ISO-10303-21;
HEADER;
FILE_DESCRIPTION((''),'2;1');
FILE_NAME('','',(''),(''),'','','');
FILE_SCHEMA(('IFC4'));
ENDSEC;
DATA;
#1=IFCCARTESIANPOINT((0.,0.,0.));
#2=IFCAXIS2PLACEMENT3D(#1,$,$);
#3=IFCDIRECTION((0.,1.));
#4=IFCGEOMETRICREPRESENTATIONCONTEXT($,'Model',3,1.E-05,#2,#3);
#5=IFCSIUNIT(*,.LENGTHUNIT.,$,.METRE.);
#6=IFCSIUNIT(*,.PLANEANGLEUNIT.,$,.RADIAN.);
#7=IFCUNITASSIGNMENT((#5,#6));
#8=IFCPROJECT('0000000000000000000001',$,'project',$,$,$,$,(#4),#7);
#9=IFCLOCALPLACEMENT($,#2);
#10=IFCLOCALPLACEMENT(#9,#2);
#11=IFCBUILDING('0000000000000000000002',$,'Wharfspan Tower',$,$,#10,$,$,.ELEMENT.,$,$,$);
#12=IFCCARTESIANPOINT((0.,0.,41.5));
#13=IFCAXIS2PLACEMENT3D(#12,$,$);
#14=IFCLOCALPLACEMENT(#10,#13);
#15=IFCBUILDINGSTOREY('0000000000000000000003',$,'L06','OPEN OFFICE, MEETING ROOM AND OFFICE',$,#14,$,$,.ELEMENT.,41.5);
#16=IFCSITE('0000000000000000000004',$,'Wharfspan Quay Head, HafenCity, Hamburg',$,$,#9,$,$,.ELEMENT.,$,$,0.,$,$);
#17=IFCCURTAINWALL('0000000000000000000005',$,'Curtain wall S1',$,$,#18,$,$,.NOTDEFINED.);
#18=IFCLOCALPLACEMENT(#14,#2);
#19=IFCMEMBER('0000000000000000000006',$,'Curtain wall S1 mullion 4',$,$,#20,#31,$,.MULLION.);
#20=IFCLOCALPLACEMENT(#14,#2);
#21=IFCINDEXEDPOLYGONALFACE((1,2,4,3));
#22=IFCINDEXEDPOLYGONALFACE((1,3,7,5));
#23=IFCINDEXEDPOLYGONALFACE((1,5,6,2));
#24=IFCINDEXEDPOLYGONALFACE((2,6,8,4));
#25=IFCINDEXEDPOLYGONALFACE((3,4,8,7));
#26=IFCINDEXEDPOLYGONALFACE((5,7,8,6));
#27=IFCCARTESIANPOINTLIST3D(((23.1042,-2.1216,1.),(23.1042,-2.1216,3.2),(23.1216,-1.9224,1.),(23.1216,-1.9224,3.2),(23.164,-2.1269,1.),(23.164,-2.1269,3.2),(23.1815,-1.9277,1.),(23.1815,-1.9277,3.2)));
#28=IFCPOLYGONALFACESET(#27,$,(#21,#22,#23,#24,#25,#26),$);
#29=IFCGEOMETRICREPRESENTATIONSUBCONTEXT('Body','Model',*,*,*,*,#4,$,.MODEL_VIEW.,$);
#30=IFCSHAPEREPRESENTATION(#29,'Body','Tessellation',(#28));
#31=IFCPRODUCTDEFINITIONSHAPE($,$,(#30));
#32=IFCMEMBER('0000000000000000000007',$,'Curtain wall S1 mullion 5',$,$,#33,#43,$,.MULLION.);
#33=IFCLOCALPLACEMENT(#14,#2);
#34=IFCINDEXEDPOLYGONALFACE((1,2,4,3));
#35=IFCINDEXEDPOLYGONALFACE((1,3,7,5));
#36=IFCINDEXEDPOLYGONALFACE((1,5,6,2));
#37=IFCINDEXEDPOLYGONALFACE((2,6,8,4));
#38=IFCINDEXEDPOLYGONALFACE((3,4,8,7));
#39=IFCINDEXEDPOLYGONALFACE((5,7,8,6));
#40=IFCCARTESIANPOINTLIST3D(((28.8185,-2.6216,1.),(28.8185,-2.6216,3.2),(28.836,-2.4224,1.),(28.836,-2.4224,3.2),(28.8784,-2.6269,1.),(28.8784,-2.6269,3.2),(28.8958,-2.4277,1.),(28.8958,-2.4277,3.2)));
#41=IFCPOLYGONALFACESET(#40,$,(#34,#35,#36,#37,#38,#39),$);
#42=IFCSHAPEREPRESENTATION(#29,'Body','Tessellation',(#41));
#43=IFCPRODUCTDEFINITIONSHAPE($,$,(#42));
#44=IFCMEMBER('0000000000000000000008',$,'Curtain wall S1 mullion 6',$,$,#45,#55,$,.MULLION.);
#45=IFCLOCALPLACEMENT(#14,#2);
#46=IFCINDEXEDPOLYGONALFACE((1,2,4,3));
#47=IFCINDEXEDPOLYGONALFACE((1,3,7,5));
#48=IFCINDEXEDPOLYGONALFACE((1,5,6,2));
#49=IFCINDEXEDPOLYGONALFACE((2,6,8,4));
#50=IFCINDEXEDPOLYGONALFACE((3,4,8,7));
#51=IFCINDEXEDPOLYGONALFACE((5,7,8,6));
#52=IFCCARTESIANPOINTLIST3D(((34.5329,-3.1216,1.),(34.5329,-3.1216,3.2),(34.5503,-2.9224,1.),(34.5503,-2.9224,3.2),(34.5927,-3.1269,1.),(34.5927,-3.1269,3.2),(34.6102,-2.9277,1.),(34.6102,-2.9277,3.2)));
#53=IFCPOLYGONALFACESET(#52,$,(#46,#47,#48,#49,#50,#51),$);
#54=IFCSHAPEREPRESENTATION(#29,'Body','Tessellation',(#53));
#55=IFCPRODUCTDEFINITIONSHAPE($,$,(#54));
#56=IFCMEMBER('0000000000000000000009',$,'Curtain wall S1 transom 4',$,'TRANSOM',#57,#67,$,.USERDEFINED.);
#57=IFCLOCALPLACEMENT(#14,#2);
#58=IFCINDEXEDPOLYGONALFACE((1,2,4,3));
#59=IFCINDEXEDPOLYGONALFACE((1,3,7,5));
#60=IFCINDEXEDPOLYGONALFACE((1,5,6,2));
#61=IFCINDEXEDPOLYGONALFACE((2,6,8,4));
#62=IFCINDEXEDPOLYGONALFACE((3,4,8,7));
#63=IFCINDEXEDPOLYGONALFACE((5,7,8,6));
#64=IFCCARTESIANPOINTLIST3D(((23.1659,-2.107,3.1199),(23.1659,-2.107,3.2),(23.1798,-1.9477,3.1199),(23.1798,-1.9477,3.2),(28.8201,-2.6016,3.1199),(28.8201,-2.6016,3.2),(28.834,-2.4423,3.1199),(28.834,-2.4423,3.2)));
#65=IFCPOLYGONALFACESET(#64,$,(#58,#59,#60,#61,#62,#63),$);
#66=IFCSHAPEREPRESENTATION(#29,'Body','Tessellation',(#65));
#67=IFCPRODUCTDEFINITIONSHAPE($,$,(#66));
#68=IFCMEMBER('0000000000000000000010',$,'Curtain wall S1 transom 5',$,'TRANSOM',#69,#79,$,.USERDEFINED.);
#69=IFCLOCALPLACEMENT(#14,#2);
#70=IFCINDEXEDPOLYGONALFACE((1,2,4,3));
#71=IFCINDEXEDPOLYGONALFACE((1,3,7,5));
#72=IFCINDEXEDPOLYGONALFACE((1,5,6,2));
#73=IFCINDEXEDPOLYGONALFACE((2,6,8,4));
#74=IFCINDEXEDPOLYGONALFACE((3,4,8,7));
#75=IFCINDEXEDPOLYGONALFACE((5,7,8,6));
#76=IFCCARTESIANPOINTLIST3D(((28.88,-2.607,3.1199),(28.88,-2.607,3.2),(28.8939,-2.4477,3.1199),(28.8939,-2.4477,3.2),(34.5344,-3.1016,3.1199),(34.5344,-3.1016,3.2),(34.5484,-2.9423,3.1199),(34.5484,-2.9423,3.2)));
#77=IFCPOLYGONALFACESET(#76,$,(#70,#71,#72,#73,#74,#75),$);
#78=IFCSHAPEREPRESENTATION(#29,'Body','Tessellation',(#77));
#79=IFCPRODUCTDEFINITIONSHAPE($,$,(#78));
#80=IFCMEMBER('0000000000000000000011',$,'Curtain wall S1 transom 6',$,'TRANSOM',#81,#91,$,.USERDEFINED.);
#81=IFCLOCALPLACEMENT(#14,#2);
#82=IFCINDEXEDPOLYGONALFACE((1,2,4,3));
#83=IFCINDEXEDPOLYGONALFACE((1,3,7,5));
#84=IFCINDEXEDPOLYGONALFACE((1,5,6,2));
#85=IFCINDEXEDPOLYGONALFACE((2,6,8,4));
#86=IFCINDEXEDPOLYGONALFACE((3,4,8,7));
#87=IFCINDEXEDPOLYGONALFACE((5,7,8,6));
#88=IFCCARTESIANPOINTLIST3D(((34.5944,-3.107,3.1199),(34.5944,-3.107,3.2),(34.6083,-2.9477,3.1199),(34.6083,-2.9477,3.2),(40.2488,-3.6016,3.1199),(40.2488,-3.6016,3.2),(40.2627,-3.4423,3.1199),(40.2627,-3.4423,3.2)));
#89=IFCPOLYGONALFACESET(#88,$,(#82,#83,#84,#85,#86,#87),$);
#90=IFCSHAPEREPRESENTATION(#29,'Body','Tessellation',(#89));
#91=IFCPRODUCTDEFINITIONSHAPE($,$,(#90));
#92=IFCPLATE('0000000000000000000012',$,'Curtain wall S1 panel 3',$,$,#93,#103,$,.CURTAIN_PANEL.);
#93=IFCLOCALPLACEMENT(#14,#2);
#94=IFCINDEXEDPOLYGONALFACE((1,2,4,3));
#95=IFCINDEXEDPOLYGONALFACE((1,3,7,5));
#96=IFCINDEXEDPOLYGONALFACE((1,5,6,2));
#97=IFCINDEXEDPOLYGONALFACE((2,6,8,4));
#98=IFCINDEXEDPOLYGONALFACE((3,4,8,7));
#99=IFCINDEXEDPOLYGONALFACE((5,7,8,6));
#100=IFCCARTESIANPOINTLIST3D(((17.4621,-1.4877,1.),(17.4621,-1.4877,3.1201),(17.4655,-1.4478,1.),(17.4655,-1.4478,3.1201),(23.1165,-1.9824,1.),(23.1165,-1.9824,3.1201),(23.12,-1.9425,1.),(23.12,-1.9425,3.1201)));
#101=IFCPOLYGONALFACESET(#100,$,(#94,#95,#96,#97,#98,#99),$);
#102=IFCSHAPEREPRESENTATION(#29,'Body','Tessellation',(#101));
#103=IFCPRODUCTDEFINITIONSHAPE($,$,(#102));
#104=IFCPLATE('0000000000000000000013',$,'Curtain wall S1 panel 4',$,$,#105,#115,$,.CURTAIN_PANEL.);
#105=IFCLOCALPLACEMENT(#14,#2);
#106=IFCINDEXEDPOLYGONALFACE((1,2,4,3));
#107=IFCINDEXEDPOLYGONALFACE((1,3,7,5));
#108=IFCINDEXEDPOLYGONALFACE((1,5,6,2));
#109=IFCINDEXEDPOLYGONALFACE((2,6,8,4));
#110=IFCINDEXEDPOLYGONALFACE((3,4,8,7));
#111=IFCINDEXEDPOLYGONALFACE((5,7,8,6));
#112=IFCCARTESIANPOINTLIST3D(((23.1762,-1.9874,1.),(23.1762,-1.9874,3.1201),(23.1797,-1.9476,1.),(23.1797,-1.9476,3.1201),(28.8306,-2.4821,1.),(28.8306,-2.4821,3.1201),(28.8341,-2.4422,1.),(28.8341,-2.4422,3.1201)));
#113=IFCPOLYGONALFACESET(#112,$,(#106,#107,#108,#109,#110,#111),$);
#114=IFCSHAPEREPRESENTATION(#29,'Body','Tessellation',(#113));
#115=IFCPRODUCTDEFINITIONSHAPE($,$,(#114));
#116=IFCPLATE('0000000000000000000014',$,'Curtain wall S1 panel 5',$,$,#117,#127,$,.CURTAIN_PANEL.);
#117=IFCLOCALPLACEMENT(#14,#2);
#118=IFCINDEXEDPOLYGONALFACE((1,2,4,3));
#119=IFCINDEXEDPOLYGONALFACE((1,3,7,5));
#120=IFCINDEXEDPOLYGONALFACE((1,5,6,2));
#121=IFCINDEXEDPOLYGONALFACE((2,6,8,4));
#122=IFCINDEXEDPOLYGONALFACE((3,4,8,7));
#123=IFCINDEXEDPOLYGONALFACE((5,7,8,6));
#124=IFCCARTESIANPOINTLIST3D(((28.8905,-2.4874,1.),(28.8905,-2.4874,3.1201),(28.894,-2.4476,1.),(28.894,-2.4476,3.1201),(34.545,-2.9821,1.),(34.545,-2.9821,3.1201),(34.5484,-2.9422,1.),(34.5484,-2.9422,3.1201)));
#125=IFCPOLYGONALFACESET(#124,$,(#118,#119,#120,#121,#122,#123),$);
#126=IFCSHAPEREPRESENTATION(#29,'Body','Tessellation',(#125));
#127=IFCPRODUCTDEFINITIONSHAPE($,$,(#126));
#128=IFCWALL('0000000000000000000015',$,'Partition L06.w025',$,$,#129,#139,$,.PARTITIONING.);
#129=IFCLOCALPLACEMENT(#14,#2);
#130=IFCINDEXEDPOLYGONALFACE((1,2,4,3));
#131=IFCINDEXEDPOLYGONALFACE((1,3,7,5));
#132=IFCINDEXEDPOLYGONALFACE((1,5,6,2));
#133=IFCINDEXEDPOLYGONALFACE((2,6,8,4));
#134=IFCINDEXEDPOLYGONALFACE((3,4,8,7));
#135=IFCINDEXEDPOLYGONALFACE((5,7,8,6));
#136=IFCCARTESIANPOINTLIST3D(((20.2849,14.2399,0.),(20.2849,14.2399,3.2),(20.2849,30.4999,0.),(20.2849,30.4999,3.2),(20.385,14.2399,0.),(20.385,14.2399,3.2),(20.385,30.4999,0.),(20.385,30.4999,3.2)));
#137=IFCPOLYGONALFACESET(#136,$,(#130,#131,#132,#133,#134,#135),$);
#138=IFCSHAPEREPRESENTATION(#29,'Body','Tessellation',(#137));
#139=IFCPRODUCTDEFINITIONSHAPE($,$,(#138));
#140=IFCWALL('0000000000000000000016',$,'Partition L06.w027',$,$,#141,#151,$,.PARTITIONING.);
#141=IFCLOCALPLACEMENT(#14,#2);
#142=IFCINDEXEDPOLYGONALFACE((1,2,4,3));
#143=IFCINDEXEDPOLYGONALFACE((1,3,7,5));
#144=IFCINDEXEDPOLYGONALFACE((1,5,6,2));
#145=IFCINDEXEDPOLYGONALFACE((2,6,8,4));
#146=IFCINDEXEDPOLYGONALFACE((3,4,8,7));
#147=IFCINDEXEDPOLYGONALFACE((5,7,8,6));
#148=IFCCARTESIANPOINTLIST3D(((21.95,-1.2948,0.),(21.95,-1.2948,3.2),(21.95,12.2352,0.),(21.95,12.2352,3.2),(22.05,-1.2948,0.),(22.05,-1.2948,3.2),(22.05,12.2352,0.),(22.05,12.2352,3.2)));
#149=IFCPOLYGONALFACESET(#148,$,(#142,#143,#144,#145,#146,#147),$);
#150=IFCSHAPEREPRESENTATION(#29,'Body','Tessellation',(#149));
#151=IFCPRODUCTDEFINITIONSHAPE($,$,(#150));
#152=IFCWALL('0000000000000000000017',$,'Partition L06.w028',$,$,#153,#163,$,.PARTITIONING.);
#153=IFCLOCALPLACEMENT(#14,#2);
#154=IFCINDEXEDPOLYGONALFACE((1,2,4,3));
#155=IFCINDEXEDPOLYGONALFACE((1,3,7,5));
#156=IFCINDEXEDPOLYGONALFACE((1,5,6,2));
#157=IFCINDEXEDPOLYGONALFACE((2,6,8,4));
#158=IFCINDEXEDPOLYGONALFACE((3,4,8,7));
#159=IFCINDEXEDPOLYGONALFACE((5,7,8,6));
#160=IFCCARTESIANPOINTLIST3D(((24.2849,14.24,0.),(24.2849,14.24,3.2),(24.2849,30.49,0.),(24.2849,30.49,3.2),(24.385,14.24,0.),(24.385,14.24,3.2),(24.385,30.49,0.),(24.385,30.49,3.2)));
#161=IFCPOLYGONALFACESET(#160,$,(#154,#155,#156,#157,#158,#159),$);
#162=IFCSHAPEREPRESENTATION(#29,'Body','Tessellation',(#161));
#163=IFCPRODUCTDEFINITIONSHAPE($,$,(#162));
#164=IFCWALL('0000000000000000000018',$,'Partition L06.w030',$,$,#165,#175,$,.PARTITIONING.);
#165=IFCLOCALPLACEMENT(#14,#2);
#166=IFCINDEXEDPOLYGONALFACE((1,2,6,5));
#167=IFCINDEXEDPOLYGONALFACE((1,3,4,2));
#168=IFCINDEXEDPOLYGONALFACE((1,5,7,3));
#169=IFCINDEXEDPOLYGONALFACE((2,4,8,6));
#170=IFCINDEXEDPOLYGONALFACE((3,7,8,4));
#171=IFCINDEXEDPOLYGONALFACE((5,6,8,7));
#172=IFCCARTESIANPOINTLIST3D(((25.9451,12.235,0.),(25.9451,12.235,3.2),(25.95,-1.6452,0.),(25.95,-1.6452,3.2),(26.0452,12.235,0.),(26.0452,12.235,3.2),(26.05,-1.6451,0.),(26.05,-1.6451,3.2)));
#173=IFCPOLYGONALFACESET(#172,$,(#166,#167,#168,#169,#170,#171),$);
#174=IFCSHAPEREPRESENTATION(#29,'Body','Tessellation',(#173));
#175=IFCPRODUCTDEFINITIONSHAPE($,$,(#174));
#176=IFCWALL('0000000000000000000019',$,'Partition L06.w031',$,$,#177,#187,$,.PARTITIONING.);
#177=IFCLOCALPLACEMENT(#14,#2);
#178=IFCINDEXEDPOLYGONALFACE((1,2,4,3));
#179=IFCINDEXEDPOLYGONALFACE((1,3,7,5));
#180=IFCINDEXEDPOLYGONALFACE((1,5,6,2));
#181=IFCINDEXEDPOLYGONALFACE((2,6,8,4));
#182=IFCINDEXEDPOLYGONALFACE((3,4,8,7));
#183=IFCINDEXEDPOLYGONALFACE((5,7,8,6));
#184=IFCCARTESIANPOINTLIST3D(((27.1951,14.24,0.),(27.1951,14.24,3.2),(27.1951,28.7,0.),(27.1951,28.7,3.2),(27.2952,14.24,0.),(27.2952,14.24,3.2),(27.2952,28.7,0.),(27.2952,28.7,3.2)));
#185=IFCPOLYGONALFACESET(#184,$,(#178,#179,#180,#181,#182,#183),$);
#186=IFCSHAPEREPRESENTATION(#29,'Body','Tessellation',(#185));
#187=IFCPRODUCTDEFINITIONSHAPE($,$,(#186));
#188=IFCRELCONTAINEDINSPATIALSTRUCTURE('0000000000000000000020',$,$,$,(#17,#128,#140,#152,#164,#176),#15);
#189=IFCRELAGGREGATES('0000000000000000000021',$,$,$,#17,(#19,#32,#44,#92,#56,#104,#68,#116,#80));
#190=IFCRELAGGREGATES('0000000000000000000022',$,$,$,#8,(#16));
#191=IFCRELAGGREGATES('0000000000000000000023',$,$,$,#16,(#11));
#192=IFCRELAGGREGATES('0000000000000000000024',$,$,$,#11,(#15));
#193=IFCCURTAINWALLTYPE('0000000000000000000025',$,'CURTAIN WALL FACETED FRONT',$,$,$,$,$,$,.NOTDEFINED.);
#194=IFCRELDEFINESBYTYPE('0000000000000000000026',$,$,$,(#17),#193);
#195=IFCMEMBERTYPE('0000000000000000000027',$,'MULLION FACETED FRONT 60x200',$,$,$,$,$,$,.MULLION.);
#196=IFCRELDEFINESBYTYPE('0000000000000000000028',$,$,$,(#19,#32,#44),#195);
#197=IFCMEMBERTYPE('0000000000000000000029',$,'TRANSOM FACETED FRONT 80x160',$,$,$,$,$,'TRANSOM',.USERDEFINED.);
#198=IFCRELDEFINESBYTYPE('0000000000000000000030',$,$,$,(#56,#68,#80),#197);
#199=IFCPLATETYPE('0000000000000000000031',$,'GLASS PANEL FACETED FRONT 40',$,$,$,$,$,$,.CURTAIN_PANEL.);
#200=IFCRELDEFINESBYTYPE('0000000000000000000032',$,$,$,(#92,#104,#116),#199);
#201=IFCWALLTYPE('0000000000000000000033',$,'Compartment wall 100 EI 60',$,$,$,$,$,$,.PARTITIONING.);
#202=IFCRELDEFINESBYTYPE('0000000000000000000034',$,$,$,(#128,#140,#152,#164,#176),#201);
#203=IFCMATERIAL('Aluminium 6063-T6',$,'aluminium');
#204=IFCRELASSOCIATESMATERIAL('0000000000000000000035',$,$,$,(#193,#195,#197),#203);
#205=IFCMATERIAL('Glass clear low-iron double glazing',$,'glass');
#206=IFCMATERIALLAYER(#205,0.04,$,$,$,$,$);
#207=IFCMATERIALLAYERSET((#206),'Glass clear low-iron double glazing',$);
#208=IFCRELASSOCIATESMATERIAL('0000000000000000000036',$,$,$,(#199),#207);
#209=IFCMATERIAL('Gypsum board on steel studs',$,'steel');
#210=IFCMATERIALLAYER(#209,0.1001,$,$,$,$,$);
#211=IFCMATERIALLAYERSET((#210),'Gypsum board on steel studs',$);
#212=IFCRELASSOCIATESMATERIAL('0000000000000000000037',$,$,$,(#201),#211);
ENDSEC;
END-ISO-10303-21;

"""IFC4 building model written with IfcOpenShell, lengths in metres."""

from ifc_helpers import new_model, si_unit, direction, frame, frame_2d, origin, origin_2d, place, context, subcontext, project, spatial, rectangle, extrude, material, layer, layer_set, material_profile, profile_set, type_object, element, aggregate, save


model = new_model("IFC4")

# Units and contexts
model_context = context("Model", 3, precision=1e-05, world=origin(), true_north=direction((0.0, 1.0)))
body_context = subcontext(model_context, "Body", "Model", "MODEL_VIEW")
ifc_project = project(units=[si_unit("LENGTHUNIT", "METRE"), si_unit("PLANEANGLEUNIT", "RADIAN")], contexts=[model_context])

# Site, building, storey
site_placement = place(None, origin())
site = spatial("IfcSite", under=ifc_project, at=site_placement, Name="Wharfspan Quay Head, HafenCity, Hamburg", CompositionType="ELEMENT", RefElevation=0.0)
building_placement = place(site_placement, origin())
building = spatial("IfcBuilding", under=site, at=building_placement, Name="Wharfspan Tower", CompositionType="ELEMENT")
storey_placement = place(building_placement, frame((0.0, 0.0, 41.5)))
storey = spatial("IfcBuildingStorey", under=building, at=storey_placement, Name="L06", Description="OPEN OFFICE, MEETING ROOM AND OFFICE", CompositionType="ELEMENT", Elevation=41.5)

# Curtain wall, members, plates
ifc_material_1 = material(Name="Aluminium 6063-T6", Category="aluminium")
curtain_wall_type = type_object("IfcCurtainWallType", Name="CURTAIN WALL FACETED FRONT", PredefinedType="NOTDEFINED", material=ifc_material_1)
curtain_wall_placement = place(storey_placement, origin())
curtain_wall = element("IfcCurtainWall", 1, at=curtain_wall_placement, inside=storey, type_object=curtain_wall_type, Name="Curtain wall S1", PredefinedType="NOTDEFINED")
ifc_material_profile_1 = material_profile(ifc_material_1, rectangle(XDim=0.2, YDim=0.0601, at=origin_2d()))
ifc_profile_set_1 = profile_set([ifc_material_profile_1], Name="Aluminium 6063-T6")
member_type_1 = type_object("IfcMemberType", Name="MULLION FACETED FRONT 60x200", PredefinedType="MULLION", material=ifc_profile_set_1)
member_1_placement = place(storey_placement, frame((23.1428, -2.0247, 1.0), z_axis=(0.0, 0.0, 1.0), x_axis=(0.087156, 0.996197, 0.0)))
member_1 = element("IfcMember", 2, at=member_1_placement, type_object=member_type_1, Name="Curtain wall S1 mullion 4", PredefinedType="MULLION", context=body_context, shape_type="SweptSolid", body=[
    extrude(rectangle(XDim=0.2, YDim=0.0601, at=origin_2d()), origin(), (0.0, 0.0, 1.0), 2.2),
])
member_2_placement = place(storey_placement, frame((28.8572, -2.5247, 1.0), z_axis=(0.0, 0.0, 1.0), x_axis=(0.087156, 0.996197, 0.0)))
member_2 = element("IfcMember", 3, at=member_2_placement, type_object=member_type_1, Name="Curtain wall S1 mullion 5", PredefinedType="MULLION", context=body_context, shape_type="SweptSolid", body=[
    extrude(rectangle(XDim=0.2, YDim=0.0601, at=origin_2d()), origin(), (0.0, 0.0, 1.0), 2.2),
])
member_3_placement = place(storey_placement, frame((34.5715, -3.0247, 1.0), z_axis=(0.0, 0.0, 1.0), x_axis=(0.087156, 0.996197, 0.0)))
member_3 = element("IfcMember", 4, at=member_3_placement, type_object=member_type_1, Name="Curtain wall S1 mullion 6", PredefinedType="MULLION", context=body_context, shape_type="SweptSolid", body=[
    extrude(rectangle(XDim=0.2, YDim=0.0601, at=origin_2d()), origin(), (0.0, 0.0, 1.0), 2.2),
])
ifc_material_profile_2 = material_profile(ifc_material_1, rectangle(XDim=0.1599, YDim=0.0801, at=origin_2d()))
ifc_profile_set_2 = profile_set([ifc_material_profile_2], Name="Aluminium 6063-T6")
member_type_2 = type_object("IfcMemberType", Name="TRANSOM FACETED FRONT 80x160", ElementType="TRANSOM", PredefinedType="USERDEFINED", material=ifc_profile_set_2)
member_4_placement = place(storey_placement, frame((23.1729, -2.0273, 3.1599), z_axis=(0.996196, -0.087146, 0.0), x_axis=(0.087146, 0.996196, 0.0)))
member_4 = element("IfcMember", 5, at=member_4_placement, type_object=member_type_2, Name="Curtain wall S1 transom 4", ObjectType="TRANSOM", PredefinedType="USERDEFINED", context=body_context, shape_type="SweptSolid", body=[
    extrude(rectangle(XDim=0.1599, YDim=0.0801, at=origin_2d()), origin(), (0.0, 0.0, 1.0), 5.6758),
])
member_5_placement = place(storey_placement, frame((28.887, -2.5273, 3.1599), z_axis=(0.996196, -0.087142, 0.0), x_axis=(0.087142, 0.996196, 0.0)))
member_5 = element("IfcMember", 6, at=member_5_placement, type_object=member_type_2, Name="Curtain wall S1 transom 5", ObjectType="TRANSOM", PredefinedType="USERDEFINED", context=body_context, shape_type="SweptSolid", body=[
    extrude(rectangle(XDim=0.1599, YDim=0.0801, at=origin_2d()), origin(), (0.0, 0.0, 1.0), 5.676),
])
member_6_placement = place(storey_placement, frame((34.6013, -3.0273, 3.1599), z_axis=(0.996196, -0.087142, 0.0), x_axis=(0.087142, 0.996196, 0.0)))
member_6 = element("IfcMember", 7, at=member_6_placement, type_object=member_type_2, Name="Curtain wall S1 transom 6", ObjectType="TRANSOM", PredefinedType="USERDEFINED", context=body_context, shape_type="SweptSolid", body=[
    extrude(rectangle(XDim=0.1599, YDim=0.0801, at=origin_2d()), origin(), (0.0, 0.0, 1.0), 5.676),
])
ifc_material_2 = material(Name="Glass clear low-iron double glazing", Category="glass")
ifc_layer_1 = layer(ifc_material_2, 0.04)
ifc_layer_set_1 = layer_set([ifc_layer_1], Name="Glass clear low-iron double glazing")
plate_type = type_object("IfcPlateType", Name="GLASS PANEL FACETED FRONT 40", PredefinedType="CURTAIN_PANEL", material=ifc_layer_set_1)
plate_1_placement = place(storey_placement, frame((20.291, -1.7151, 1.0), z_axis=(0.0, 0.0, 1.0), x_axis=(0.996197, -0.087156, 0.0)))
plate_1 = element("IfcPlate", 8, at=plate_1_placement, type_object=plate_type, Name="Curtain wall S1 panel 3", PredefinedType="CURTAIN_PANEL", context=body_context, shape_type="SweptSolid", body=[
    extrude(rectangle(XDim=5.676, YDim=0.04, at=origin_2d()), origin(), (0.0, 0.0, 1.0), 2.1201),
])
plate_2_placement = place(storey_placement, frame((26.0051, -2.2148, 1.0), z_axis=(0.0, 0.0, 1.0), x_axis=(0.996197, -0.087156, 0.0)))
plate_2 = element("IfcPlate", 9, at=plate_2_placement, type_object=plate_type, Name="Curtain wall S1 panel 4", PredefinedType="CURTAIN_PANEL", context=body_context, shape_type="SweptSolid", body=[
    extrude(rectangle(XDim=5.676, YDim=0.04, at=origin_2d()), origin(), (0.0, 0.0, 1.0), 2.1201),
])
plate_3_placement = place(storey_placement, frame((31.7195, -2.7148, 1.0), z_axis=(0.0, 0.0, 1.0), x_axis=(0.996197, -0.087156, 0.0)))
plate_3 = element("IfcPlate", 10, at=plate_3_placement, type_object=plate_type, Name="Curtain wall S1 panel 5", PredefinedType="CURTAIN_PANEL", context=body_context, shape_type="SweptSolid", body=[
    extrude(rectangle(XDim=5.676, YDim=0.04, at=origin_2d()), origin(), (0.0, 0.0, 1.0), 2.1201),
])
aggregate(curtain_wall, [member_1, member_2, member_3, plate_1, member_4, plate_2, member_5, plate_3, member_6])

# Walls
ifc_material_3 = material(Name="Gypsum board on steel studs", Category="steel")
ifc_layer_2 = layer(ifc_material_3, 0.1001)
ifc_layer_set_2 = layer_set([ifc_layer_2], Name="Gypsum board on steel studs")
wall_type_1 = type_object("IfcWallType", Name="Compartment wall 100 EI 60", PredefinedType="PARTITIONING", material=ifc_layer_set_2)
wall_1_placement = place(storey_placement, frame((20.335, 14.24, 0.0), z_axis=(0.0, 0.0, 1.0), x_axis=(0.0, 1.0, 0.0)))
element("IfcWall", 11, at=wall_1_placement, inside=storey, type_object=wall_type_1, Name="Partition L06.w025", PredefinedType="PARTITIONING", context=body_context, shape_type="SweptSolid", body=[
    extrude(rectangle(XDim=16.26, YDim=0.1001, at=frame_2d((8.1299, 0.0))), origin(), (0.0, 0.0, 1.0), 3.2),
])
wall_2_placement = place(storey_placement, frame((22.0, -1.2949, 0.0), z_axis=(0.0, 0.0, 1.0), x_axis=(0.0, 1.0, 0.0)))
element("IfcWall", 12, at=wall_2_placement, inside=storey, type_object=wall_type_1, Name="Partition L06.w027", PredefinedType="PARTITIONING", context=body_context, shape_type="SweptSolid", body=[
    extrude(rectangle(XDim=13.53, YDim=0.1001, at=frame_2d((6.7651, 0.0))), origin(), (0.0, 0.0, 1.0), 3.2),
])
wall_3_placement = place(storey_placement, frame((24.335, 14.24, 0.0), z_axis=(0.0, 0.0, 1.0), x_axis=(0.0, 1.0, 0.0)))
element("IfcWall", 13, at=wall_3_placement, inside=storey, type_object=wall_type_1, Name="Partition L06.w028", PredefinedType="PARTITIONING", context=body_context, shape_type="SweptSolid", body=[
    extrude(rectangle(XDim=16.25, YDim=0.1001, at=frame_2d((8.125, 0.0))), origin(), (0.0, 0.0, 1.0), 3.2),
])
wall_4_placement = place(storey_placement, frame((26.0, -1.645, 0.0), z_axis=(0.0, 0.0, 1.0), x_axis=(-0.000352, 1.000004, 0.0)))
element("IfcWall", 14, at=wall_4_placement, inside=storey, type_object=wall_type_1, Name="Partition L06.w030", PredefinedType="PARTITIONING", context=body_context, shape_type="SweptSolid", body=[
    extrude(rectangle(XDim=13.8801, YDim=0.1001, at=frame_2d((6.9399, 0.0))), origin(), (0.0, 0.0, 1.0), 3.2),
])
wall_5_placement = place(storey_placement, frame((27.2451, 14.24, 0.0), z_axis=(0.0, 0.0, 1.0), x_axis=(0.0, 1.0, 0.0)))
element("IfcWall", 15, at=wall_5_placement, inside=storey, type_object=wall_type_1, Name="Partition L06.w031", PredefinedType="PARTITIONING", context=body_context, shape_type="SweptSolid", body=[
    extrude(rectangle(XDim=14.46, YDim=0.1001, at=frame_2d((7.23, 0.0))), origin(), (0.0, 0.0, 1.0), 3.2),
])

save(model, "model.ifc")
